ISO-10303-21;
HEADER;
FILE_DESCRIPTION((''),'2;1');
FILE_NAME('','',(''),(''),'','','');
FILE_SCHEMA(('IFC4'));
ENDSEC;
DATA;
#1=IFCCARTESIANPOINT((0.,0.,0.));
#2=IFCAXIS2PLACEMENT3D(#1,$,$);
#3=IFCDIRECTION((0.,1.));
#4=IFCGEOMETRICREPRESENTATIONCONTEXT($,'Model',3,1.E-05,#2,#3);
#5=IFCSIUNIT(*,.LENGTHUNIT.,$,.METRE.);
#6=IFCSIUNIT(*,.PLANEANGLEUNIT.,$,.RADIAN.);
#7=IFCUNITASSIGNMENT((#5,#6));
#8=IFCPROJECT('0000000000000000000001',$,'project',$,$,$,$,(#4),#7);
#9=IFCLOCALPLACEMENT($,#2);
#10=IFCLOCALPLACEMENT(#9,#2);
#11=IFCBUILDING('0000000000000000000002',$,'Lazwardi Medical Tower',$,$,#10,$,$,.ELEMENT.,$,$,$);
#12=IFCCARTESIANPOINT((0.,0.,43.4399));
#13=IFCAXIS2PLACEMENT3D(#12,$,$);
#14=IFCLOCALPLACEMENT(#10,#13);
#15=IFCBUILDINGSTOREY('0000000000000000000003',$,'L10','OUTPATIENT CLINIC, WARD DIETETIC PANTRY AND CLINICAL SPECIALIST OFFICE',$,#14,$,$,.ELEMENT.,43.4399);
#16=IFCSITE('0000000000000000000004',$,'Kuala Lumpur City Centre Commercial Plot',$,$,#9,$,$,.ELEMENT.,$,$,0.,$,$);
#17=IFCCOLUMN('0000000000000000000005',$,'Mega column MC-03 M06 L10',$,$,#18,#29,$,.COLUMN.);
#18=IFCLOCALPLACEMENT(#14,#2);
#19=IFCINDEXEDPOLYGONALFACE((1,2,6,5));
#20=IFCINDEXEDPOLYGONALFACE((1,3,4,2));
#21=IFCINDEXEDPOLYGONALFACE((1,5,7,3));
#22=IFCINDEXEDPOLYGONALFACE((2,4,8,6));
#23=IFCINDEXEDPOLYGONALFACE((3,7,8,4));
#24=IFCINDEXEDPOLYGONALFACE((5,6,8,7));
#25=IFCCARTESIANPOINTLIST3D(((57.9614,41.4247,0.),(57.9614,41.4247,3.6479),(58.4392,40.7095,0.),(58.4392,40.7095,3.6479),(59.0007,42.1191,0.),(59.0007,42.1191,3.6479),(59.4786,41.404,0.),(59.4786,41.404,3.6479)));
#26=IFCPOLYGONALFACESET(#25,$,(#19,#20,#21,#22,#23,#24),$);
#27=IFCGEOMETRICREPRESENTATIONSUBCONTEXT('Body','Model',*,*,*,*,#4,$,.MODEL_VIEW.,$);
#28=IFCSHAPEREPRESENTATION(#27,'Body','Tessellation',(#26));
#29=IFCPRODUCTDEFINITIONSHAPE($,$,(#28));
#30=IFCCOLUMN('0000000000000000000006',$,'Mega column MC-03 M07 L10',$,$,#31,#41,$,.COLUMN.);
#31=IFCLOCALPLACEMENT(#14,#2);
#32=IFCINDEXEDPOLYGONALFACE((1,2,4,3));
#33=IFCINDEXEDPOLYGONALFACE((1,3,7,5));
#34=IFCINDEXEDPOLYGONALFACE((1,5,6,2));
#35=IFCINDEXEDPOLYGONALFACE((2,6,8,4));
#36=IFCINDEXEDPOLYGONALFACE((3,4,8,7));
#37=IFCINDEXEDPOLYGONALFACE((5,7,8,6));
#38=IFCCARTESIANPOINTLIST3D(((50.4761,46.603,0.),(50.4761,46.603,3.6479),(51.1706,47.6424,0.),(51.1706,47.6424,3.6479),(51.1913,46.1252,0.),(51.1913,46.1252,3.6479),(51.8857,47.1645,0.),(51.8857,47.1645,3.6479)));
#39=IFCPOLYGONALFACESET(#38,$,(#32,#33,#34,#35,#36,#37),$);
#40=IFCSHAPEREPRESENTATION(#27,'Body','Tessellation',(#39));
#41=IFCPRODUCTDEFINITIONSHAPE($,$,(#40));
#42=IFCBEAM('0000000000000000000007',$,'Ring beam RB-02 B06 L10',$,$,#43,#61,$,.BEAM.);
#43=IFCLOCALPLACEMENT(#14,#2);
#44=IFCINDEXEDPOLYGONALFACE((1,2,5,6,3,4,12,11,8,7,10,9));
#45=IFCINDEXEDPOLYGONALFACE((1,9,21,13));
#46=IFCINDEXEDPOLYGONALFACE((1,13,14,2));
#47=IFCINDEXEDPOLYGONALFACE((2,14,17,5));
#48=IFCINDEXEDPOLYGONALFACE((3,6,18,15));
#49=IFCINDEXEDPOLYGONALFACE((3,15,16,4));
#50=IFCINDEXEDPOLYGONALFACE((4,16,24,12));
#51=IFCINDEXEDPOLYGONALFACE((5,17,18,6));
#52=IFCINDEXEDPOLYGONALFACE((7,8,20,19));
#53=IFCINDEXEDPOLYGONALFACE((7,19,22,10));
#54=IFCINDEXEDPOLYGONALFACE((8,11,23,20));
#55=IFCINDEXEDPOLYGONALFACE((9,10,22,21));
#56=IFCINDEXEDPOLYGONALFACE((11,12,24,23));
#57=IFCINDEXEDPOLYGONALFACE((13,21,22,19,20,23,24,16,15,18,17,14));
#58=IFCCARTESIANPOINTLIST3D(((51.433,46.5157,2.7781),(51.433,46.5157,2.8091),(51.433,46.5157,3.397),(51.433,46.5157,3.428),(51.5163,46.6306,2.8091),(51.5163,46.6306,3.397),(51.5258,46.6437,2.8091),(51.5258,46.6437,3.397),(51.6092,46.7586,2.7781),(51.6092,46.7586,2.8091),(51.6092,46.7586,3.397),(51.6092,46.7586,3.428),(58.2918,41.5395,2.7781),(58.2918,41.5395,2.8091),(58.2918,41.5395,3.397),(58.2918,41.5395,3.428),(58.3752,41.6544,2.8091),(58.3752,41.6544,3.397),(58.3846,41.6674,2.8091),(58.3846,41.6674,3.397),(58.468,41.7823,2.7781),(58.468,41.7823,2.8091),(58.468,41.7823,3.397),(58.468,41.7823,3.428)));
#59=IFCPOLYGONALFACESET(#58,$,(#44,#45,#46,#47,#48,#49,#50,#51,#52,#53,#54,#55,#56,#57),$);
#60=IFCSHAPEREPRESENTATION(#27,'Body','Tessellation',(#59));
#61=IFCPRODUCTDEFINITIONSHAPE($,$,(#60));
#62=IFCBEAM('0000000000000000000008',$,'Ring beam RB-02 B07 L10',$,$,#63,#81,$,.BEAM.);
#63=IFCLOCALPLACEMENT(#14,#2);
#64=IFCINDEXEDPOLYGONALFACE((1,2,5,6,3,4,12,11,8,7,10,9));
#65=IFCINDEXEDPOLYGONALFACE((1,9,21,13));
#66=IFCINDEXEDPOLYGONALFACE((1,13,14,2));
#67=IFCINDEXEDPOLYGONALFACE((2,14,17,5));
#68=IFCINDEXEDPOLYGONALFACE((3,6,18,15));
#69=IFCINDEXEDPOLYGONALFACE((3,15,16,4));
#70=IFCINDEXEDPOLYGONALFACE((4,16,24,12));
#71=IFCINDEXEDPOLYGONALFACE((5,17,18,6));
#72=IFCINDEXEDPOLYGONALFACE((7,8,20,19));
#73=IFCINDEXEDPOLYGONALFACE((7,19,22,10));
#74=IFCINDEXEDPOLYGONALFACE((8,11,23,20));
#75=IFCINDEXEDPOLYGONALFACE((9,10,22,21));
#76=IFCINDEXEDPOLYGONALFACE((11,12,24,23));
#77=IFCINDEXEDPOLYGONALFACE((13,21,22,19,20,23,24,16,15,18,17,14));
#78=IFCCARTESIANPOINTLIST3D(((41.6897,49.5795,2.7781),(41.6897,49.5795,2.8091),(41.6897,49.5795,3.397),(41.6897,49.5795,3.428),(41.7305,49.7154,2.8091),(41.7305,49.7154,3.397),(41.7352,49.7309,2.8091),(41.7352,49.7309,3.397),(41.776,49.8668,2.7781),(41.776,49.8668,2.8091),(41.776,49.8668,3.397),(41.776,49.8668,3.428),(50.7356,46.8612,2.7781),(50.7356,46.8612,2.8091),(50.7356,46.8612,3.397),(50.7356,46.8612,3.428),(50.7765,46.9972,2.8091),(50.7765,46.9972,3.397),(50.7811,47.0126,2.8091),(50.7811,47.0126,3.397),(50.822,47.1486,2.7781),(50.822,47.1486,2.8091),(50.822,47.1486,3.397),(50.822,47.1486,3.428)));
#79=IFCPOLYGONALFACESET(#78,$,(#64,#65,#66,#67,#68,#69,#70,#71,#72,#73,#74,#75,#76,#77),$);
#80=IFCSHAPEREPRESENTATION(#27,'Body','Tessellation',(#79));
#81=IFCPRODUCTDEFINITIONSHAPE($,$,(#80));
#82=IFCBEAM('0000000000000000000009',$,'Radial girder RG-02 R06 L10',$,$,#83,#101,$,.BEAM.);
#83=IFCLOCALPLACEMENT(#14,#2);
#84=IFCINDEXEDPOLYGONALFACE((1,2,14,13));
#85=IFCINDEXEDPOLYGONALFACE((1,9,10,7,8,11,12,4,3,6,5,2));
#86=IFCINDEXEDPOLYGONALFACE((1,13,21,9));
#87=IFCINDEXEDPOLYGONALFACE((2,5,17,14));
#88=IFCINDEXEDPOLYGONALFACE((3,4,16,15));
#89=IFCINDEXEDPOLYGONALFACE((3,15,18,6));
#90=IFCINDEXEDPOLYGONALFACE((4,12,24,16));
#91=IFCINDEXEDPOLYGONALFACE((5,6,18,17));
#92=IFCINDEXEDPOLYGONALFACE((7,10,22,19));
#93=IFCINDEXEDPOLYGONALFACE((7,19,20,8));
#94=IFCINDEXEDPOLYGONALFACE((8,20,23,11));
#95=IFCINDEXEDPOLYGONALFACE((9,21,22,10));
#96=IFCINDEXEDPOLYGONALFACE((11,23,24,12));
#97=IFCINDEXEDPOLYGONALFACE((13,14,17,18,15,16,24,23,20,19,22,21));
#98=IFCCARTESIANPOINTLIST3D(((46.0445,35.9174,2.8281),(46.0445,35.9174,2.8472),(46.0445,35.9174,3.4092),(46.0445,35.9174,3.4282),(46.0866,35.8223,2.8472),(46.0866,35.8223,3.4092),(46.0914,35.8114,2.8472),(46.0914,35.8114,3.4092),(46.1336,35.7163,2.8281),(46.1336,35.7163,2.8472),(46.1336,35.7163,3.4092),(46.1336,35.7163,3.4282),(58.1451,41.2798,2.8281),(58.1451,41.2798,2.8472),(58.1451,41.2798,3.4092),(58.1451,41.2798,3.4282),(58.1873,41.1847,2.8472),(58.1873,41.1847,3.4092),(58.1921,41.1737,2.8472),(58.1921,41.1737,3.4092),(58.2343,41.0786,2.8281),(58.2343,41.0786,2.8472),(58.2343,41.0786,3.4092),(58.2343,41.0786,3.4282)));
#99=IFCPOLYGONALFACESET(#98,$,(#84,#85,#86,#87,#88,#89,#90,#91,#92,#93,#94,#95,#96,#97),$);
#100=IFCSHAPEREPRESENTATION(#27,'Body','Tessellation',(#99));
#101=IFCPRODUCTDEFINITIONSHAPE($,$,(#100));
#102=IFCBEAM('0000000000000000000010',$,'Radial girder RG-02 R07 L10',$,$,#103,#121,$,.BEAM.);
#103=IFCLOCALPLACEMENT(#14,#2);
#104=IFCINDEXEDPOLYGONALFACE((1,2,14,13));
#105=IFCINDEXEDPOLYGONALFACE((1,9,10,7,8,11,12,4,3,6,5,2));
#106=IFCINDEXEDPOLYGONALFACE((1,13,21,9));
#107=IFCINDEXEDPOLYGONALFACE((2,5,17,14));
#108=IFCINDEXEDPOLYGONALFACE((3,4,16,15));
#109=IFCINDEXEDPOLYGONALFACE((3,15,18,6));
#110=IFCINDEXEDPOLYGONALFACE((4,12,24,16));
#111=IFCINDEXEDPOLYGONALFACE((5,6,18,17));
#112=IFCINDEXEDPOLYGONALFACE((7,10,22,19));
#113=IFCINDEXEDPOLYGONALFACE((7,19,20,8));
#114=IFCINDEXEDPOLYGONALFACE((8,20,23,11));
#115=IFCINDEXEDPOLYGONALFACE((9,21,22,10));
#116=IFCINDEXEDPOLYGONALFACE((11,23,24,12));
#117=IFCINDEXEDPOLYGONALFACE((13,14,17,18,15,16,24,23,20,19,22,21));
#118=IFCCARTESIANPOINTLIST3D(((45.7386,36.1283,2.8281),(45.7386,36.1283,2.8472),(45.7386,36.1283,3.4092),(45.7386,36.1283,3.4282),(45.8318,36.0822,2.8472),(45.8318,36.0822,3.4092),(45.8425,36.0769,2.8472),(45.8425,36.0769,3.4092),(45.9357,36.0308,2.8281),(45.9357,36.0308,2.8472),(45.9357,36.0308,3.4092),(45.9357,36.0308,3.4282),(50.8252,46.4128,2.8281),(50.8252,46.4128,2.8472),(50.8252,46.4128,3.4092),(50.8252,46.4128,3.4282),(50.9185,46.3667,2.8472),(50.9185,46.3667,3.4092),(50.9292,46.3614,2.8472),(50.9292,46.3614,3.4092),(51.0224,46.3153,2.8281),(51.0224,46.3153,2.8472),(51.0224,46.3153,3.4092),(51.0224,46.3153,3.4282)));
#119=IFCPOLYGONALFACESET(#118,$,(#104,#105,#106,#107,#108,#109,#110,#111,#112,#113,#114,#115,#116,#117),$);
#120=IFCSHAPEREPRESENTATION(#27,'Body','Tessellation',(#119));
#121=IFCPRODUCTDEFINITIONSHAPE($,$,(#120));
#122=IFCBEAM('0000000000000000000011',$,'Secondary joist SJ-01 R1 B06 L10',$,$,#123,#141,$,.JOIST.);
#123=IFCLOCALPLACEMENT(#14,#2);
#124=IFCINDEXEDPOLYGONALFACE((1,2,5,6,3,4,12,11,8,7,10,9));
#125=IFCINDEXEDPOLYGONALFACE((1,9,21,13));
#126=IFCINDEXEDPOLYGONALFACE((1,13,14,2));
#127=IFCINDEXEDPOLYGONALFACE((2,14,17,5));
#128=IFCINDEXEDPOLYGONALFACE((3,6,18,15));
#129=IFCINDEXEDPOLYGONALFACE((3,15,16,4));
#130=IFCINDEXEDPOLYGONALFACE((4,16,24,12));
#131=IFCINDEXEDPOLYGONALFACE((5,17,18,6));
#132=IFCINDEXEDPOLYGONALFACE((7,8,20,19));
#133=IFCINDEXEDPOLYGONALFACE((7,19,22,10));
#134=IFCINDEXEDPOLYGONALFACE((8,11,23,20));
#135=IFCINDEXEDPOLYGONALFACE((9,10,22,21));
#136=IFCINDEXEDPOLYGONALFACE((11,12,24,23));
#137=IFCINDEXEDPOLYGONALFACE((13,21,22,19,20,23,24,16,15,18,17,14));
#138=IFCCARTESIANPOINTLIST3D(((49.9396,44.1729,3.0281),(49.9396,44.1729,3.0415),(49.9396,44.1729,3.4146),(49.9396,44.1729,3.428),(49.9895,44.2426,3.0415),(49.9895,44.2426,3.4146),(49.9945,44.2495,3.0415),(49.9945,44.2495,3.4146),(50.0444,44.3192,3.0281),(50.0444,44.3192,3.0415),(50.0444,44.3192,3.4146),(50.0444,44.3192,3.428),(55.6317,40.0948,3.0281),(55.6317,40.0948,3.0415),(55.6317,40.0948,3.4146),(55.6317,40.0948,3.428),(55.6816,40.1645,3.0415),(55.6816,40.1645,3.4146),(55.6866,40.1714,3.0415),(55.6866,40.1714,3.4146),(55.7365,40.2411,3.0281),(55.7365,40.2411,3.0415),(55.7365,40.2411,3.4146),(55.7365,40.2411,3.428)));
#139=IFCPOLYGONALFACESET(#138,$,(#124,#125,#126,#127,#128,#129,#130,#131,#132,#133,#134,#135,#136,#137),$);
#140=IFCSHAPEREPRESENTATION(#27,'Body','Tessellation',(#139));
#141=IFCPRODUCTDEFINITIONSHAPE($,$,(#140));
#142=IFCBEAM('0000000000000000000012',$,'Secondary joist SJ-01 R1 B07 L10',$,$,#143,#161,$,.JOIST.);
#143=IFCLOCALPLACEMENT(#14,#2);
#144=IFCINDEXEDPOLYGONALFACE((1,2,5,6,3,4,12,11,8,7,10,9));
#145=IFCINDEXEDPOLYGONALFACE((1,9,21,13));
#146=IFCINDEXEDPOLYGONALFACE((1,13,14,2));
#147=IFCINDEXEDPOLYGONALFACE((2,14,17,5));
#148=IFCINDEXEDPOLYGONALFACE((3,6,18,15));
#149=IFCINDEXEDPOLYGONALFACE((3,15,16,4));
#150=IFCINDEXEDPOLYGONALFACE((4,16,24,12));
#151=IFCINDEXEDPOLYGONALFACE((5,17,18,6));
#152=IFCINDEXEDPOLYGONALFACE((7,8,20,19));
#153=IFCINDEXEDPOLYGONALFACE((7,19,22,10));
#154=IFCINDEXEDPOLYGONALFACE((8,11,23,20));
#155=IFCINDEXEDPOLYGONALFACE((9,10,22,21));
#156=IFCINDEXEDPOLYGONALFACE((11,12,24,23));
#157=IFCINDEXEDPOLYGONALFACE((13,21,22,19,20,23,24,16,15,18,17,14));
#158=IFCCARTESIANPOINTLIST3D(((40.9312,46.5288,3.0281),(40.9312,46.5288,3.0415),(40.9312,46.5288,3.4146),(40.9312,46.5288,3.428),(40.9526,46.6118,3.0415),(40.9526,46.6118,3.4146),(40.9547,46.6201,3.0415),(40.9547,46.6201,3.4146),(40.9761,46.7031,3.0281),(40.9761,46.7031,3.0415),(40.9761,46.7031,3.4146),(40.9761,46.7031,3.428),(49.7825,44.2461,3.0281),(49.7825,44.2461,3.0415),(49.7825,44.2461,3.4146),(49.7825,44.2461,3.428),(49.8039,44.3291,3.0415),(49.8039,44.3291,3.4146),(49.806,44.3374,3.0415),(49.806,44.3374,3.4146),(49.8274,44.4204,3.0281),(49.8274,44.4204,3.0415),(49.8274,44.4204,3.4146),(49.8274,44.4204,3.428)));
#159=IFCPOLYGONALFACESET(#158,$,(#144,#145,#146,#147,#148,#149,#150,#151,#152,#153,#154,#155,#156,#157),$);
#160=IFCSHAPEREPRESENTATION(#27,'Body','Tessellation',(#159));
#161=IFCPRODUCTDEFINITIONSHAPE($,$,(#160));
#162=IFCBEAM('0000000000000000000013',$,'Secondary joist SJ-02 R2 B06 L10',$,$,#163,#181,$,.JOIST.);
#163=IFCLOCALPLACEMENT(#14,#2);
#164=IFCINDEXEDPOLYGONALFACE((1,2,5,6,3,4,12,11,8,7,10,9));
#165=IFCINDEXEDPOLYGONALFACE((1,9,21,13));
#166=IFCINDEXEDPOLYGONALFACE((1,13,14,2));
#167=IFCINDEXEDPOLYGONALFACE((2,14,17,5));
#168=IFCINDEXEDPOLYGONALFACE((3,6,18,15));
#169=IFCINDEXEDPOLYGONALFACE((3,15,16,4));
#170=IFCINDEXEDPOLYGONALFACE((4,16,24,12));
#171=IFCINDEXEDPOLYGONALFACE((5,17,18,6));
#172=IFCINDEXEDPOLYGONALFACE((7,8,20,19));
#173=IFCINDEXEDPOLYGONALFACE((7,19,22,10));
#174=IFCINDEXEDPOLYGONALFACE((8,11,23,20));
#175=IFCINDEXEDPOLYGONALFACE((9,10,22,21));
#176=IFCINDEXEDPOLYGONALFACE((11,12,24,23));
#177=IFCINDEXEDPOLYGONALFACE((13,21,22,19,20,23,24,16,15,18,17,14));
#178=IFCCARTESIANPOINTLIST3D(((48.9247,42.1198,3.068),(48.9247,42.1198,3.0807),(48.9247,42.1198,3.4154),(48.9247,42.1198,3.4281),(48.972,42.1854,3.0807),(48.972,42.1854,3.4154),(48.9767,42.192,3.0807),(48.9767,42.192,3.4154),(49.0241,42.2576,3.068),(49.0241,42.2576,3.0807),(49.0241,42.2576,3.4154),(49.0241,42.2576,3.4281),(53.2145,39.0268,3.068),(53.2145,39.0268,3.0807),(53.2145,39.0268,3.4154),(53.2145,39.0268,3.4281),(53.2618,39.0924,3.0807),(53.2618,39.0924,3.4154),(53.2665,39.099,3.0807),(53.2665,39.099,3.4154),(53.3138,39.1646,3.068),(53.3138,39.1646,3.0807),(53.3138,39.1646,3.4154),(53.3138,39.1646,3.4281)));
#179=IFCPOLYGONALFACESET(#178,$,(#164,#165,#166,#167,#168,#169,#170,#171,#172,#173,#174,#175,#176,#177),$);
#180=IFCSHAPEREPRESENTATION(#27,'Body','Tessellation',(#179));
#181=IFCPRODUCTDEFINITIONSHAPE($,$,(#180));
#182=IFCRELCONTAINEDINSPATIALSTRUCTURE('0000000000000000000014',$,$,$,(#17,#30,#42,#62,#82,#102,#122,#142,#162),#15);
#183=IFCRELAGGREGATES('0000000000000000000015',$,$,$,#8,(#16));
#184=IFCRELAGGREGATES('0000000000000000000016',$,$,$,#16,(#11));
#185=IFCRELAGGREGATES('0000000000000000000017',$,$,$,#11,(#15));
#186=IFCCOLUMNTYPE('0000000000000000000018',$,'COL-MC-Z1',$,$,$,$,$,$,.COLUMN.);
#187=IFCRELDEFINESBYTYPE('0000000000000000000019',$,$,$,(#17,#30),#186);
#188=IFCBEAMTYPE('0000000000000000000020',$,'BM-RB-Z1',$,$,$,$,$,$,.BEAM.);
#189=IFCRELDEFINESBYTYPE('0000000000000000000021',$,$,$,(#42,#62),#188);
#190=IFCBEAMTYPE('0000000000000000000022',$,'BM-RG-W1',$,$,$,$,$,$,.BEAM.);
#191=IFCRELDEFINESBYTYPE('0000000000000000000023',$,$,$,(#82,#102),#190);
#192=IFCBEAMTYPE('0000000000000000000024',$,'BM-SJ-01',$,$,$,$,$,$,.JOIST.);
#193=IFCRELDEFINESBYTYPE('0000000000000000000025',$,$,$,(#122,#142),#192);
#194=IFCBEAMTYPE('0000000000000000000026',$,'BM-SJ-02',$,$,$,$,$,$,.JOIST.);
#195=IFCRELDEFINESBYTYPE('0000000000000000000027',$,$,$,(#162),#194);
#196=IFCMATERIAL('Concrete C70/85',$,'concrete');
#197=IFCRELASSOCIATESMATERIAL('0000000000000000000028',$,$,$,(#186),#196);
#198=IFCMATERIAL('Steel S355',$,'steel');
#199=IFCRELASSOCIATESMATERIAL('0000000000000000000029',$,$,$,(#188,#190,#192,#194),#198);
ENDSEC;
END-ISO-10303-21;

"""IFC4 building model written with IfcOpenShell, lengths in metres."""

from ifc_helpers import new_model, si_unit, direction, frame, origin, origin_2d, place, context, subcontext, project, spatial, rectangle, i_section, extrude, material, material_profile, profile_set, type_object, element, save


model = new_model("IFC4")

# Units and contexts
model_context = context("Model", 3, precision=1e-05, world=origin(), true_north=direction((0.0, 1.0)))
body_context = subcontext(model_context, "Body", "Model", "MODEL_VIEW")
ifc_project = project(units=[si_unit("LENGTHUNIT", "METRE"), si_unit("PLANEANGLEUNIT", "RADIAN")], contexts=[model_context])

# Site, building, storey
site_placement = place(None, origin())
site = spatial("IfcSite", under=ifc_project, at=site_placement, Name="Kuala Lumpur City Centre Commercial Plot", CompositionType="ELEMENT", RefElevation=0.0)
building_placement = place(site_placement, origin())
building = spatial("IfcBuilding", under=site, at=building_placement, Name="Lazwardi Medical Tower", CompositionType="ELEMENT")
storey_placement = place(building_placement, frame((0.0, 0.0, 43.4399)))
storey = spatial("IfcBuildingStorey", under=building, at=storey_placement, Name="L10", Description="OUTPATIENT CLINIC, WARD DIETETIC PANTRY AND CLINICAL SPECIALIST OFFICE", CompositionType="ELEMENT", Elevation=43.4399)

# Columns
ifc_material_1 = material(Name="Concrete C70/85", Category="concrete")
ifc_material_profile_1 = material_profile(ifc_material_1, rectangle(XDim=1.25, YDim=0.8601, at=origin_2d()), Name="CFT-RECT 1250x860")
ifc_profile_set_1 = profile_set([ifc_material_profile_1], Name="Concrete C70/85")
column_type = type_object("IfcColumnType", Name="COL-MC-Z1", PredefinedType="COLUMN", material=ifc_profile_set_1)
for number, where, z_axis, x_axis, name in (
    (1, (58.72, 41.4143, 0.0), (0.0, 0.0, 1.0), (0.83147, 0.55557, 0.0), "Mega column MC-03 M06 L10"),
    (2, (51.1809, 46.8838, 0.0), (0.0, 0.0, 1.0), (0.55557, 0.83147, 0.0), "Mega column MC-03 M07 L10"),
):
    element("IfcColumn", number, at=place(storey_placement, frame(where, z_axis=z_axis, x_axis=x_axis)), inside=storey, type_object=column_type, Name=name, PredefinedType="COLUMN", context=body_context, shape_type="SweptSolid", body=[
        extrude(rectangle(XDim=1.25, YDim=0.8601, at=origin_2d()), origin(), (0.0, 0.0, 1.0), 3.6479),
    ])

# Beams
ifc_material_2 = material(Name="Steel S355", Category="steel")
ifc_material_profile_2 = material_profile(ifc_material_2, i_section(OverallWidth=0.3, OverallDepth=0.6499, WebThickness=0.0161, FlangeThickness=0.031, at=origin_2d()), Name="HEB 650")
ifc_profile_set_2 = profile_set([ifc_material_profile_2], Name="Steel S355")
beam_type_1 = type_object("IfcBeamType", Name="BM-RB-Z1", PredefinedType="BEAM", material=ifc_profile_set_2)
beam_1_placement = place(storey_placement, frame((58.3799, 41.6609, 3.103), z_axis=(-0.809407, 0.587248, 0.0), x_axis=(-0.587248, -0.809407, 0.0)))
element("IfcBeam", 3, at=beam_1_placement, inside=storey, type_object=beam_type_1, Name="Ring beam RB-02 B06 L10", PredefinedType="BEAM", context=body_context, shape_type="SweptSolid", body=[
    extrude(i_section(OverallWidth=0.3, OverallDepth=0.6499, WebThickness=0.0161, FlangeThickness=0.031, at=origin_2d()), origin(), (0.0, 0.0, 1.0), 8.4739),
])
beam_2_placement = place(storey_placement, frame((50.7788, 47.0049, 3.103), z_axis=(-0.957695, 0.287784, 0.0), x_axis=(-0.287784, -0.957695, 0.0)))
element("IfcBeam", 4, at=beam_2_placement, inside=storey, type_object=beam_type_1, Name="Ring beam RB-02 B07 L10", PredefinedType="BEAM", context=body_context, shape_type="SweptSolid", body=[
    extrude(i_section(OverallWidth=0.3, OverallDepth=0.6499, WebThickness=0.0161, FlangeThickness=0.031, at=origin_2d()), origin(), (0.0, 0.0, 1.0), 9.4456),
])
ifc_material_profile_3 = material_profile(ifc_material_2, i_section(OverallWidth=0.22, OverallDepth=0.6001, WebThickness=0.012, FlangeThickness=0.019, at=origin_2d()), Name="IPE 600")
ifc_profile_set_3 = profile_set([ifc_material_profile_3], Name="Steel S355")
beam_type_2 = type_object("IfcBeamType", Name="BM-RG-W1", PredefinedType="BEAM", material=ifc_profile_set_3)
beam_3_placement = place(storey_placement, frame((58.1897, 41.1792, 3.1282), z_axis=(-0.914252, -0.405146, 0.0), x_axis=(0.405146, -0.914252, 0.0)))
element("IfcBeam", 5, at=beam_3_placement, inside=storey, type_object=beam_type_2, Name="Radial girder RG-02 R06 L10", PredefinedType="BEAM", context=body_context, shape_type="SweptSolid", body=[
    extrude(i_section(OverallWidth=0.22, OverallDepth=0.6001, WebThickness=0.012, FlangeThickness=0.019, at=origin_2d()), origin(), (0.0, 0.0, 1.0), 13.2356),
])
beam_4_placement = place(storey_placement, frame((50.9238, 46.364, 3.1282), z_axis=(-0.443337, -0.896355, 0.0), x_axis=(0.896355, -0.443337, 0.0)))
element("IfcBeam", 6, at=beam_4_placement, inside=storey, type_object=beam_type_2, Name="Radial girder RG-02 R07 L10", PredefinedType="BEAM", context=body_context, shape_type="SweptSolid", body=[
    extrude(i_section(OverallWidth=0.22, OverallDepth=0.6001, WebThickness=0.012, FlangeThickness=0.019, at=origin_2d()), origin(), (0.0, 0.0, 1.0), 11.4736),
])
ifc_material_profile_4 = material_profile(ifc_material_2, i_section(OverallWidth=0.1799, OverallDepth=0.3999, WebThickness=0.0085, FlangeThickness=0.0134, at=origin_2d()), Name="IPE 400")
ifc_profile_set_4 = profile_set([ifc_material_profile_4], Name="Steel S355")
beam_type_3 = type_object("IfcBeamType", Name="BM-SJ-01", PredefinedType="JOIST", material=ifc_profile_set_4)
beam_5_placement = place(storey_placement, frame((55.6841, 40.168, 3.228), z_axis=(-0.812901, 0.582402, 0.0), x_axis=(-0.582402, -0.812901, 0.0)))
element("IfcBeam", 7, at=beam_5_placement, inside=storey, type_object=beam_type_3, Name="Secondary joist SJ-01 R1 B06 L10", PredefinedType="JOIST", context=body_context, shape_type="SweptSolid", body=[
    extrude(i_section(OverallWidth=0.1799, OverallDepth=0.3999, WebThickness=0.0085, FlangeThickness=0.0134, at=origin_2d()), origin(), (0.0, 0.0, 1.0), 7.0022),
])
beam_6_placement = place(storey_placement, frame((49.8049, 44.3333, 3.228), z_axis=(-0.968317, 0.249725, 0.0), x_axis=(-0.249725, -0.968317, 0.0)))
element("IfcBeam", 8, at=beam_6_placement, inside=storey, type_object=beam_type_3, Name="Secondary joist SJ-01 R1 B07 L10", PredefinedType="JOIST", context=body_context, shape_type="SweptSolid", body=[
    extrude(i_section(OverallWidth=0.1799, OverallDepth=0.3999, WebThickness=0.0085, FlangeThickness=0.0134, at=origin_2d()), origin(), (0.0, 0.0, 1.0), 9.1409),
])
ifc_material_profile_5 = material_profile(ifc_material_2, i_section(OverallWidth=0.1699, OverallDepth=0.3601, WebThickness=0.0081, FlangeThickness=0.0127, at=origin_2d()), Name="IPE 360")
ifc_profile_set_5 = profile_set([ifc_material_profile_5], Name="Steel S355")
beam_type_4 = type_object("IfcBeamType", Name="BM-SJ-02", PredefinedType="JOIST", material=ifc_profile_set_5)
beam_7_placement = place(storey_placement, frame((53.2642, 39.0957, 3.248), z_axis=(-0.811143, 0.584848, 0.0), x_axis=(-0.584848, -0.811143, 0.0)))
element("IfcBeam", 9, at=beam_7_placement, inside=storey, type_object=beam_type_4, Name="Secondary joist SJ-02 R2 B06 L10", PredefinedType="JOIST", context=body_context, shape_type="SweptSolid", body=[
    extrude(i_section(OverallWidth=0.1699, OverallDepth=0.3601, WebThickness=0.0081, FlangeThickness=0.0127, at=origin_2d()), origin(), (0.0, 0.0, 1.0), 5.2886),
])

save(model, "model.ifc")
